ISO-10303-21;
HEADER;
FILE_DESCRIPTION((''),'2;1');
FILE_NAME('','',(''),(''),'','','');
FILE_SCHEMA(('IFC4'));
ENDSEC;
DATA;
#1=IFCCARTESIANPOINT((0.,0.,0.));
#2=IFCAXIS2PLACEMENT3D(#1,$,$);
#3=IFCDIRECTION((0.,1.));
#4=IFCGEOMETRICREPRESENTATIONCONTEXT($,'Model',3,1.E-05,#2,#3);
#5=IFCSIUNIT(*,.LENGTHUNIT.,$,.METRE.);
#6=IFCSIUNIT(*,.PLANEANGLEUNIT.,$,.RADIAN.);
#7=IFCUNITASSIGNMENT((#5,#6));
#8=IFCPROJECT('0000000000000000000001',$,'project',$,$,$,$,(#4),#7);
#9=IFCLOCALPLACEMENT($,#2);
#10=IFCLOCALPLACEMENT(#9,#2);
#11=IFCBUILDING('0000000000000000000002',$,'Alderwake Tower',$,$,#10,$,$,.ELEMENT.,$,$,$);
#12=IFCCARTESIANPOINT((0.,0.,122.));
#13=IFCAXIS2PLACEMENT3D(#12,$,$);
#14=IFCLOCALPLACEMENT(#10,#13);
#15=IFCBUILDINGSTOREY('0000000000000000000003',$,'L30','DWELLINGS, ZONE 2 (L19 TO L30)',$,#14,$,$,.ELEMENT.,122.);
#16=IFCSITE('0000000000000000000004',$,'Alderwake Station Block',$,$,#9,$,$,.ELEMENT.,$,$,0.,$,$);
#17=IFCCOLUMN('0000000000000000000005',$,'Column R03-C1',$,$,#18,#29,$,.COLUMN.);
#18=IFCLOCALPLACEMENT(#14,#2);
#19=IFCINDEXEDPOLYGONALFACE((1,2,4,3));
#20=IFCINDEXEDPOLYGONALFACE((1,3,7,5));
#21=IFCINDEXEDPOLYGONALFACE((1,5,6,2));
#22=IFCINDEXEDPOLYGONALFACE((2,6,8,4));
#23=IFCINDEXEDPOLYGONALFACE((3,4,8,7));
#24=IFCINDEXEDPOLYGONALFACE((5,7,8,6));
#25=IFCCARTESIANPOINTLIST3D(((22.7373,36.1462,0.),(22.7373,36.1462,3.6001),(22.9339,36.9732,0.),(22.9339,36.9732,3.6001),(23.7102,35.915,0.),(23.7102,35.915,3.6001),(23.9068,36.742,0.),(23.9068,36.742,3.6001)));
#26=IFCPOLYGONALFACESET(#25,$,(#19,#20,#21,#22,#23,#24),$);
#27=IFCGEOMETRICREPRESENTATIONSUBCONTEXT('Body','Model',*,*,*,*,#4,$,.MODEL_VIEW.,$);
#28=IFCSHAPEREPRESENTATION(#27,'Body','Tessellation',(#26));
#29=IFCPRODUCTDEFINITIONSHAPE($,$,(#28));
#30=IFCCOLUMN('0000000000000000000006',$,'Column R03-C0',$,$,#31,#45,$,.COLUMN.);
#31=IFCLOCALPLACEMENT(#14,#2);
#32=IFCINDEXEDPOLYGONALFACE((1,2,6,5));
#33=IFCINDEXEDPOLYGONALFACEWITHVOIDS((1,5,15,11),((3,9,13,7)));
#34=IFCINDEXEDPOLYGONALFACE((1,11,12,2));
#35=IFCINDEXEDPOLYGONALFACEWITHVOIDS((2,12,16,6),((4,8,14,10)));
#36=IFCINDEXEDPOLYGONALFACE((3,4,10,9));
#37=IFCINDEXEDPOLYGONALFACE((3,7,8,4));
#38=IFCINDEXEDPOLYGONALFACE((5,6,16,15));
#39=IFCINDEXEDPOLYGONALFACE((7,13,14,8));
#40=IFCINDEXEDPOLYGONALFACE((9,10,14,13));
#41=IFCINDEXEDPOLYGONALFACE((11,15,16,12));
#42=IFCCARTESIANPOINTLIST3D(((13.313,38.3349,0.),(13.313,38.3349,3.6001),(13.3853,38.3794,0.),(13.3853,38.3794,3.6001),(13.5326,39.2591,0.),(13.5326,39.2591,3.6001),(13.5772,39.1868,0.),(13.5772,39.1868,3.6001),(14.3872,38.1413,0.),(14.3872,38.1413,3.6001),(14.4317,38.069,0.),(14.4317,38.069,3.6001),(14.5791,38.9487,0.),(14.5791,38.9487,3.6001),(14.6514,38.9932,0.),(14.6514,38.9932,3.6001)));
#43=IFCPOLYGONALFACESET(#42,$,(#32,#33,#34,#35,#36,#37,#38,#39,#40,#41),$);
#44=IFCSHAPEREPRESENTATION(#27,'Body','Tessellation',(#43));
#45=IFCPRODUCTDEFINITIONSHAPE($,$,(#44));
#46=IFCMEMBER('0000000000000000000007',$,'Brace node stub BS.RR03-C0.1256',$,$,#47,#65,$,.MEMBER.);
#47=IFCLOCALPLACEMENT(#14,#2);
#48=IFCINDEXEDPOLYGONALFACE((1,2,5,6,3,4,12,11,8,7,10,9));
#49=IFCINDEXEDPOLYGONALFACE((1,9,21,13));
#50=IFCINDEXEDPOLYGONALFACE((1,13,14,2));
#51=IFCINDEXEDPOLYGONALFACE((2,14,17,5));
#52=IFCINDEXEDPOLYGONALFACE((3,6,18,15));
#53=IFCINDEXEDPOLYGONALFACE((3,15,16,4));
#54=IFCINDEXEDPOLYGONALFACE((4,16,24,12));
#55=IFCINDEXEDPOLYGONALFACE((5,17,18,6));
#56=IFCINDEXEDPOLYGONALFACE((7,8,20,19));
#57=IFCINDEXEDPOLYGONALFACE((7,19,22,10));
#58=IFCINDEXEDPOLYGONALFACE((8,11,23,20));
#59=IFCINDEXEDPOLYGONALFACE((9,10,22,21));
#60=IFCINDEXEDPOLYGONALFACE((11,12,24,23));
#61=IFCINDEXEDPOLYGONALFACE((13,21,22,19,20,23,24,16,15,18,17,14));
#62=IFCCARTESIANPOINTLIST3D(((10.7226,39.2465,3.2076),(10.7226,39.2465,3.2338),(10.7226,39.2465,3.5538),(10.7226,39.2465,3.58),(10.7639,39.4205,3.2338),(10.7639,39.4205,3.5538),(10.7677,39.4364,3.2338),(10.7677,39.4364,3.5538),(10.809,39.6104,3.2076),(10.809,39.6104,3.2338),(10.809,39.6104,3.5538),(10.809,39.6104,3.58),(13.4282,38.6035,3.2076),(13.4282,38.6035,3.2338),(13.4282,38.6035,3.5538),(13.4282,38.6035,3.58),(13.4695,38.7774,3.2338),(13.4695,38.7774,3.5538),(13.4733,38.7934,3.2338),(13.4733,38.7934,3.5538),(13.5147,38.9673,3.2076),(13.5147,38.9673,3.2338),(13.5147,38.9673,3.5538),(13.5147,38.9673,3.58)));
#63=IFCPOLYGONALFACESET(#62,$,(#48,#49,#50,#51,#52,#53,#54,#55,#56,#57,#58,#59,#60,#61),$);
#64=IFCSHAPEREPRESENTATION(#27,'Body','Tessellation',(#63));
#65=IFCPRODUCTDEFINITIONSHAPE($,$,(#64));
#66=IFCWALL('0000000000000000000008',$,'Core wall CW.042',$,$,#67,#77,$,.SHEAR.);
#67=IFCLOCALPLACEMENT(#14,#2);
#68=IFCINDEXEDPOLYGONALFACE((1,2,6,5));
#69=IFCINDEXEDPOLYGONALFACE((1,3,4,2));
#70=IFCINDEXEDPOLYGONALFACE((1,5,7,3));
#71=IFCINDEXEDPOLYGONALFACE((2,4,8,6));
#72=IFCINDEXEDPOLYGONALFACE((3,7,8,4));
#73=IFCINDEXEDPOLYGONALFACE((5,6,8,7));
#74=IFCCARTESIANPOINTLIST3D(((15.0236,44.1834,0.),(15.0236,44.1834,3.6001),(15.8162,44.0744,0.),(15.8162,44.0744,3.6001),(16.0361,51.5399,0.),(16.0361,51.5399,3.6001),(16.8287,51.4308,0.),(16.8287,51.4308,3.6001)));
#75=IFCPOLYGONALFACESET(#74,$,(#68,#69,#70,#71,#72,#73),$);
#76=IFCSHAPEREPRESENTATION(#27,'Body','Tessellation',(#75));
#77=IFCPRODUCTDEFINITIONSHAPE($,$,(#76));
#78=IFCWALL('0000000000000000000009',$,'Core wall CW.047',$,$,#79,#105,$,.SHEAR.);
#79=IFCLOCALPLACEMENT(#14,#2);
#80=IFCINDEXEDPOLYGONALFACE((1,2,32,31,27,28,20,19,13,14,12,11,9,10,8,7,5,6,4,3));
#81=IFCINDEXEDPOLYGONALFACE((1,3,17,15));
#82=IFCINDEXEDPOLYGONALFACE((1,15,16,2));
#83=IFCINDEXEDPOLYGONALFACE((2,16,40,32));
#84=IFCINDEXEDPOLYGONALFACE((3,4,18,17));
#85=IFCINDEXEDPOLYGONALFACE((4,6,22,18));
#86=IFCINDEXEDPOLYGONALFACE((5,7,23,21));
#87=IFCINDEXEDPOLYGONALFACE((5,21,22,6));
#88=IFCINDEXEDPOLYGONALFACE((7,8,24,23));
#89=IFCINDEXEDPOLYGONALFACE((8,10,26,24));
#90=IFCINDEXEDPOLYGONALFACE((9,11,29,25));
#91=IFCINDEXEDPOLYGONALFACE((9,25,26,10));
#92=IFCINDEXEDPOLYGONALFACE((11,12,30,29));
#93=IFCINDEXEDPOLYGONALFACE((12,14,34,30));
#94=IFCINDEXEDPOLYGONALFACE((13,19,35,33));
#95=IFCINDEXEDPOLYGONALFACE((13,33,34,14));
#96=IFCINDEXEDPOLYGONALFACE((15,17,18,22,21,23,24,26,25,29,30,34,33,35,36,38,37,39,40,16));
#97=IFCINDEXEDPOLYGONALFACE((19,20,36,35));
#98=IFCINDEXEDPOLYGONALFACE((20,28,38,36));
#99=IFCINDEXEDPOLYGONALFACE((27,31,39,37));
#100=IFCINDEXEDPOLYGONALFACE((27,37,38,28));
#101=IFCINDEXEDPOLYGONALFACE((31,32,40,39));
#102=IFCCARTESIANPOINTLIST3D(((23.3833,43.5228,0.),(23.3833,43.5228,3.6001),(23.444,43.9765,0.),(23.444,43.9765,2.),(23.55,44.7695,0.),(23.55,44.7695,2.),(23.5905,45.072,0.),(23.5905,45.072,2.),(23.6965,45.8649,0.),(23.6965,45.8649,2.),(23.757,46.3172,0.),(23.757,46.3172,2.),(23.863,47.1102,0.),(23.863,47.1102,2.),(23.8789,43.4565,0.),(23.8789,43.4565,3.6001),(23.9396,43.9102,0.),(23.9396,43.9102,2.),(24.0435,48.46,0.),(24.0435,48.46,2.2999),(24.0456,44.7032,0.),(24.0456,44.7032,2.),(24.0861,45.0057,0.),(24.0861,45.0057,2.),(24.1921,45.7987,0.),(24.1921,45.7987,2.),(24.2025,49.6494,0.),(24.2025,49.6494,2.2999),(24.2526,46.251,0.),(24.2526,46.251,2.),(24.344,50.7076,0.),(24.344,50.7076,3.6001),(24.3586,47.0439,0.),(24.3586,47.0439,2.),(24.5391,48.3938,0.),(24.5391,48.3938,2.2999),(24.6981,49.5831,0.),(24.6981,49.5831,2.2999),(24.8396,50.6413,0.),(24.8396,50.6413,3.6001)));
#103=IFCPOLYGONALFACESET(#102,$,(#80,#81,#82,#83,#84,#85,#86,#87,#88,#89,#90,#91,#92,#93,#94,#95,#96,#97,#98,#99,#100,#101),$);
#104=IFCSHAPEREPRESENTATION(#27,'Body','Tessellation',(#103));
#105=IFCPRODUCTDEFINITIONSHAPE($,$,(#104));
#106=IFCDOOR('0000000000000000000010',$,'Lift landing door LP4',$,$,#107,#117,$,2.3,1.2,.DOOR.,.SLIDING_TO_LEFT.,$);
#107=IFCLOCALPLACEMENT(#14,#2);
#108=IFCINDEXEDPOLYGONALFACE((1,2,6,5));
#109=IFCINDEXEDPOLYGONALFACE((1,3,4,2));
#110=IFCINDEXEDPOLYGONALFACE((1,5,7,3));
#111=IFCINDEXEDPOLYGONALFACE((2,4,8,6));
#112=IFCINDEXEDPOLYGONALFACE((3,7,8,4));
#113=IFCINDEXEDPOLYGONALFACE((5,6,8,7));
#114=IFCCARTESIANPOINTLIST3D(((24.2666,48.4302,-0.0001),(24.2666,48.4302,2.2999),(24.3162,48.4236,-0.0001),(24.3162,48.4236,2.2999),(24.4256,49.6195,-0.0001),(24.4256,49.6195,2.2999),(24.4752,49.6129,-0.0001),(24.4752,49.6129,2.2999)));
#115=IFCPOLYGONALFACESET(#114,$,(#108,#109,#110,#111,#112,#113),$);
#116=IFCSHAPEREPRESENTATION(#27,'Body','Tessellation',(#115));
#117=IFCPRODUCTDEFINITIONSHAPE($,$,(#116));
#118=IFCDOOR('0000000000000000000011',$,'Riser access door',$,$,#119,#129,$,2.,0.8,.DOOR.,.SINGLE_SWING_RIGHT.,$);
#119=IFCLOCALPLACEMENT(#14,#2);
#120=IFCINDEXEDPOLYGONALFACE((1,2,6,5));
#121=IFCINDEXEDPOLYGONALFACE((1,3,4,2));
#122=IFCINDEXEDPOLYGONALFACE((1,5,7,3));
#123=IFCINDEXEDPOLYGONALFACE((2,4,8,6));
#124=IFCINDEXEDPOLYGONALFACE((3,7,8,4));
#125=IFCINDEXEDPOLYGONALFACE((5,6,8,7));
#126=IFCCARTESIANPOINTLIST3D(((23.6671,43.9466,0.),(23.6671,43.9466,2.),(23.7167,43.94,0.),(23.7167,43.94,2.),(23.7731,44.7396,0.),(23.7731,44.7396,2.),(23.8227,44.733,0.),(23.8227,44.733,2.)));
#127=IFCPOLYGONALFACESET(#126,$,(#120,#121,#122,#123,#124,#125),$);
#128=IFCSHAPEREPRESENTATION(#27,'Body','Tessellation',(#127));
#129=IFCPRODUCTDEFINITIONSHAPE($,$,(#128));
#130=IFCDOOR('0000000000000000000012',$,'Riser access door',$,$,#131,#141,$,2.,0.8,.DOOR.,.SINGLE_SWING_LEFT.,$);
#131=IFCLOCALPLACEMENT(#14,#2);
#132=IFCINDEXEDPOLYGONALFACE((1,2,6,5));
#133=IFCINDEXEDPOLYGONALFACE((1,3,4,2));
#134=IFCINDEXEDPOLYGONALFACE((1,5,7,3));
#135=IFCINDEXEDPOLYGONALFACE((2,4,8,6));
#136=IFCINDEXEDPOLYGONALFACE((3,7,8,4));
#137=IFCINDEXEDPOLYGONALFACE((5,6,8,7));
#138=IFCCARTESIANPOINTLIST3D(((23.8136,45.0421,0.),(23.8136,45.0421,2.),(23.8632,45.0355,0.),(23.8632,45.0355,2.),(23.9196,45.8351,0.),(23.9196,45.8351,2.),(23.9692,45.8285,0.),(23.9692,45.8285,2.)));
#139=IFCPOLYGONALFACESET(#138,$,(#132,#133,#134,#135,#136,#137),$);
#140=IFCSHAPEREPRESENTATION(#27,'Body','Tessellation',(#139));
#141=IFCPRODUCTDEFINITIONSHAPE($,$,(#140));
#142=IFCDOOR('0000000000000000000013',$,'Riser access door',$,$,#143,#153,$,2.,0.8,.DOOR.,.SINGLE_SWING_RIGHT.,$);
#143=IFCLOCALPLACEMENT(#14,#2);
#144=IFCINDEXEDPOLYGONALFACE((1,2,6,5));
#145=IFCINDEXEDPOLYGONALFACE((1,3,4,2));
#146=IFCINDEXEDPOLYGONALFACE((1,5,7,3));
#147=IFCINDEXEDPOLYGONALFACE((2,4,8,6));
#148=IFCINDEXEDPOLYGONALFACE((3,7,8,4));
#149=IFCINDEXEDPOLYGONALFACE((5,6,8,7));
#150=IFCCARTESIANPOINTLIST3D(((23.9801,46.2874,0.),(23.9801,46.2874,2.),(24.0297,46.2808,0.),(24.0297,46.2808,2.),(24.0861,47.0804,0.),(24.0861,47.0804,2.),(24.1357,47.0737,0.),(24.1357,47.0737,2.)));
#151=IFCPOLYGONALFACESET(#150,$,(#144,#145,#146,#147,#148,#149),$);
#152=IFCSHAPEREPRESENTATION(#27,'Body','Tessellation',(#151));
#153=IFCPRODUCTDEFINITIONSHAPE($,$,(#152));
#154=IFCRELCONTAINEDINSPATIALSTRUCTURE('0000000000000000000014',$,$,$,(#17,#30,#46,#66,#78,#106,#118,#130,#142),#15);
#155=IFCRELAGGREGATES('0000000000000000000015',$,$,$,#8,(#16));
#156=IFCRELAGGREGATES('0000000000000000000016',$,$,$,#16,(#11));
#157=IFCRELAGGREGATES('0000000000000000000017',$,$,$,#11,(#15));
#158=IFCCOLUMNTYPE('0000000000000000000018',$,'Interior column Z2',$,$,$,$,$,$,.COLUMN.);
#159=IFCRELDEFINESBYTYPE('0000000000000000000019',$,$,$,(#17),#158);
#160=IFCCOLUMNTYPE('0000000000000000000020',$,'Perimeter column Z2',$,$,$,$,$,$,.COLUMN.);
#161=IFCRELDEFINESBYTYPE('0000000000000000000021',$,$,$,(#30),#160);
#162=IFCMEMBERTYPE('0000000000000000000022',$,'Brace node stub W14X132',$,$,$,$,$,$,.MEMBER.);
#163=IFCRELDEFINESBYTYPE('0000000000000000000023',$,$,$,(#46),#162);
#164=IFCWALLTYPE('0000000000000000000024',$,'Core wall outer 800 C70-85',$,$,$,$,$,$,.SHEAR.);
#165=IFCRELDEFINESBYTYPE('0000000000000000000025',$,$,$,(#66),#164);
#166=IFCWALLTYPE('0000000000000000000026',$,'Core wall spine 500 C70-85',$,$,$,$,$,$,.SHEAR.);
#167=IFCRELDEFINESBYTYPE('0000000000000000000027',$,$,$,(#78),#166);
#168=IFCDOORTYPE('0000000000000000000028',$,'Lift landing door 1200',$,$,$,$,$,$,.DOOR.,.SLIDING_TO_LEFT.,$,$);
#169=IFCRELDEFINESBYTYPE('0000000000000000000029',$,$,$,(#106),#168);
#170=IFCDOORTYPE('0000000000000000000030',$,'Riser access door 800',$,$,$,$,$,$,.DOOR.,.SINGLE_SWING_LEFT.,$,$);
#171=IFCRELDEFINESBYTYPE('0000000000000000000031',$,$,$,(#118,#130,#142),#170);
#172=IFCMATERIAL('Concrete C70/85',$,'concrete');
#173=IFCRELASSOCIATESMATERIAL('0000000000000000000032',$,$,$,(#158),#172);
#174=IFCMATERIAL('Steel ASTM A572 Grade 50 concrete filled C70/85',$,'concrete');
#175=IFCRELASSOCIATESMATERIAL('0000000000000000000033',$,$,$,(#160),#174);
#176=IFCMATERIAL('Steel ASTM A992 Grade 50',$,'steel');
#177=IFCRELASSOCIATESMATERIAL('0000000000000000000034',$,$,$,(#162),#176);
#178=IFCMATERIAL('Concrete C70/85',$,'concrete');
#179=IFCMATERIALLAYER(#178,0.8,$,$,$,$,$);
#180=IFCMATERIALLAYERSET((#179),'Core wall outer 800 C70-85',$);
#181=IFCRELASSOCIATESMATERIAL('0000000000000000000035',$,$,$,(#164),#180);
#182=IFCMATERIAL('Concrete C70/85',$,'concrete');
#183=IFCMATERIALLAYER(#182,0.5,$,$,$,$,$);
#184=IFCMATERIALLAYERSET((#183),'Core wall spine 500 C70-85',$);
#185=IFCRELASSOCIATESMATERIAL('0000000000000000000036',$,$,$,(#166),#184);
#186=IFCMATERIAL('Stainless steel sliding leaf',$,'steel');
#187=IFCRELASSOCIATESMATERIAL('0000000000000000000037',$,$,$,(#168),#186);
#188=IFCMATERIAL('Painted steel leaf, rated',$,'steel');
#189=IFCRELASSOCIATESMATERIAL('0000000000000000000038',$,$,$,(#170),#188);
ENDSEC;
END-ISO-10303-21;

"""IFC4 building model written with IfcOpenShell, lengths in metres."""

from ifc_helpers import new_model, si_unit, direction, frame, frame_2d, origin, origin_2d, place, context, subcontext, project, spatial, rectangle, hollow_rectangle, i_section, extrude, material, layer, layer_set, material_profile, profile_set, type_object, element, fill, save


model = new_model("IFC4")

# Units and contexts
model_context = context("Model", 3, precision=1e-05, world=origin(), true_north=direction((0.0, 1.0)))
body_context = subcontext(model_context, "Body", "Model", "MODEL_VIEW")
ifc_project = project(units=[si_unit("LENGTHUNIT", "METRE"), si_unit("PLANEANGLEUNIT", "RADIAN")], contexts=[model_context])

# Site, building, storey
site_placement = place(None, origin())
site = spatial("IfcSite", under=ifc_project, at=site_placement, Name="Alderwake Station Block", CompositionType="ELEMENT", RefElevation=0.0)
building_placement = place(site_placement, origin())
building = spatial("IfcBuilding", under=site, at=building_placement, Name="Alderwake Tower", CompositionType="ELEMENT")
storey_placement = place(building_placement, frame((0.0, 0.0, 122.0)))
storey = spatial("IfcBuildingStorey", under=building, at=storey_placement, Name="L30", Description="DWELLINGS, ZONE 2 (L19 TO L30)", CompositionType="ELEMENT", Elevation=122.0)

# Columns
ifc_material_1 = material(Name="Concrete C70/85", Category="concrete")
ifc_material_profile_1 = material_profile(ifc_material_1, rectangle(XDim=0.8501, YDim=1.0, at=origin_2d()), Name="RC 1000X850")
ifc_profile_set_1 = profile_set([ifc_material_profile_1], Name="Concrete C70/85")
column_type_1 = type_object("IfcColumnType", Name="Interior column Z2", PredefinedType="COLUMN", material=ifc_profile_set_1)
column_1_placement = place(storey_placement, frame((23.322, 36.4441, 0.0), z_axis=(0.0, 0.0, 1.0), x_axis=(0.231222, 0.972901, 0.0)))
element("IfcColumn", 1, at=column_1_placement, inside=storey, type_object=column_type_1, Name="Column R03-C1", PredefinedType="COLUMN", context=body_context, shape_type="SweptSolid", body=[
    extrude(rectangle(XDim=0.8501, YDim=1.0, at=origin_2d()), origin(), (0.0, 0.0, 1.0), 3.6001),
])
ifc_material_2 = material(Name="Steel ASTM A572 Grade 50 concrete filled C70/85", Category="concrete")
ifc_material_profile_2 = material_profile(ifc_material_2, hollow_rectangle(XDim=0.95, YDim=1.1499, WallThickness=0.0601, at=origin_2d()), Name="BOX 1150X950X60")
ifc_profile_set_2 = profile_set([ifc_material_profile_2], Name="Steel ASTM A572 Grade 50 concrete filled C70/85")
column_type_2 = type_object("IfcColumnType", Name="Perimeter column Z2", PredefinedType="COLUMN", material=ifc_profile_set_2)
column_2_placement = place(storey_placement, frame((13.9822, 38.6641, 0.0), z_axis=(0.0, 0.0, 1.0), x_axis=(0.231222, 0.972901, 0.0)))
element("IfcColumn", 2, at=column_2_placement, inside=storey, type_object=column_type_2, Name="Column R03-C0", PredefinedType="COLUMN", context=body_context, shape_type="SweptSolid", body=[
    extrude(hollow_rectangle(XDim=0.95, YDim=1.1499, WallThickness=0.0601, at=origin_2d()), origin(), (0.0, 0.0, 1.0), 3.6001),
])

# Member
ifc_material_3 = material(Name="Steel ASTM A992 Grade 50", Category="steel")
ifc_material_profile_3 = material_profile(ifc_material_3, i_section(OverallWidth=0.374, OverallDepth=0.3723, WebThickness=0.0164, FlangeThickness=0.0261, at=origin_2d()), Name="W14X132")
ifc_profile_set_3 = profile_set([ifc_material_profile_3], Name="Steel ASTM A992 Grade 50")
member_type = type_object("IfcMemberType", Name="Brace node stub W14X132", PredefinedType="MEMBER", material=ifc_profile_set_3)
member_placement = place(storey_placement, frame((13.4714, 38.7854, 3.3938), z_axis=(-0.972897, 0.231241, 0.0), x_axis=(-0.231241, -0.972897, 0.0)))
element("IfcMember", 3, at=member_placement, inside=storey, type_object=member_type, Name="Brace node stub BS.RR03-C0.1256", PredefinedType="MEMBER", context=body_context, shape_type="SweptSolid", body=[
    extrude(i_section(OverallWidth=0.374, OverallDepth=0.3723, WebThickness=0.0164, FlangeThickness=0.0261, at=origin_2d()), origin(), (0.0, 0.0, 1.0), 2.781),
])

# Wall
ifc_material_4 = material(Name="Concrete C70/85", Category="concrete")
ifc_layer_1 = layer(ifc_material_4, 0.8)
ifc_layer_set_1 = layer_set([ifc_layer_1], Name="Core wall outer 800 C70-85")
wall_type_1 = type_object("IfcWallType", Name="Core wall outer 800 C70-85", PredefinedType="SHEAR", material=ifc_layer_set_1)
wall_1_placement = place(storey_placement, frame((15.4199, 44.1289, 0.0), z_axis=(0.0, 0.0, 1.0), x_axis=(0.136343, 0.990662, 0.0)))
element("IfcWall", 4, at=wall_1_placement, inside=storey, type_object=wall_type_1, Name="Core wall CW.042", PredefinedType="SHEAR", context=body_context, shape_type="SweptSolid", body=[
    extrude(rectangle(XDim=7.4258, YDim=0.8, at=frame_2d((3.7129, 0.0))), origin(), (0.0, 0.0, 1.0), 3.6001),
])

# Wall, openings, doors
ifc_material_5 = material(Name="Concrete C70/85", Category="concrete")
ifc_layer_2 = layer(ifc_material_5, 0.5)
ifc_layer_set_2 = layer_set([ifc_layer_2], Name="Core wall spine 500 C70-85")
wall_type_2 = type_object("IfcWallType", Name="Core wall spine 500 C70-85", PredefinedType="SHEAR", material=ifc_layer_set_2)
wall_2_placement = place(storey_placement, frame((23.6311, 43.4895, 0.0), z_axis=(0.0, 0.0, 1.0), x_axis=(0.132532, 0.991179, 0.0)))
wall_2 = element("IfcWall", 5, at=wall_2_placement, inside=storey, type_object=wall_type_2, Name="Core wall CW.047", PredefinedType="SHEAR", context=body_context, shape_type="SweptSolid", body=[
    extrude(rectangle(XDim=7.2488, YDim=0.5, at=frame_2d((3.6245, 0.0))), origin(), (0.0, 0.0, 1.0), 3.6001),
])
opening_1_placement = place(wall_2_placement, frame((4.9812, 0.0, 0.0)))
opening_1 = element("IfcOpeningElement", 6, at=opening_1_placement, cuts=wall_2, PredefinedType="OPENING", context=body_context, shape_type="SweptSolid", body=[
    extrude(rectangle(XDim=1.2, YDim=2.3, at=frame_2d((0.6001, 1.1499))), frame((0.0, 0.26, 0.0), z_axis=(0.0, -1.0, 0.0), x_axis=(1.0, 0.0, 0.0)), (0.0, 0.0, 1.0), 0.52),
])
opening_2_placement = place(wall_2_placement, frame((0.458, 0.0, 0.0)))
opening_2 = element("IfcOpeningElement", 7, at=opening_2_placement, cuts=wall_2, PredefinedType="OPENING", context=body_context, shape_type="SweptSolid", body=[
    extrude(rectangle(XDim=0.8, YDim=2.0, at=frame_2d((0.3999, 1.0))), frame((0.0, 0.26, 0.0), z_axis=(0.0, -1.0, 0.0), x_axis=(1.0, 0.0, 0.0)), (0.0, 0.0, 1.0), 0.52),
])
opening_3_placement = place(wall_2_placement, frame((1.5632, 0.0, 0.0)))
opening_3 = element("IfcOpeningElement", 8, at=opening_3_placement, cuts=wall_2, PredefinedType="OPENING", context=body_context, shape_type="SweptSolid", body=[
    extrude(rectangle(XDim=0.8, YDim=2.0, at=frame_2d((0.3999, 1.0))), frame((0.0, 0.26, 0.0), z_axis=(0.0, -1.0, 0.0), x_axis=(1.0, 0.0, 0.0)), (0.0, 0.0, 1.0), 0.52),
])
opening_4_placement = place(wall_2_placement, frame((2.8196, 0.0, 0.0)))
opening_4 = element("IfcOpeningElement", 9, at=opening_4_placement, cuts=wall_2, PredefinedType="OPENING", context=body_context, shape_type="SweptSolid", body=[
    extrude(rectangle(XDim=0.8, YDim=2.0, at=frame_2d((0.3999, 1.0))), frame((0.0, 0.26, 0.0), z_axis=(0.0, -1.0, 0.0), x_axis=(1.0, 0.0, 0.0)), (0.0, 0.0, 1.0), 0.52),
])
ifc_material_6 = material(Name="Stainless steel sliding leaf", Category="steel")
door_type_1 = type_object("IfcDoorType", Name="Lift landing door 1200", OperationType="SLIDING_TO_LEFT", PredefinedType="DOOR", material=ifc_material_6)
door_1_placement = place(opening_1_placement, origin())
door_1 = element("IfcDoor", 10, at=door_1_placement, inside=storey, type_object=door_type_1, Name="Lift landing door LP4", OperationType="SLIDING_TO_LEFT", OverallHeight=2.3, OverallWidth=1.2, PredefinedType="DOOR", context=body_context, shape_type="SweptSolid", body=[
    extrude(rectangle(XDim=1.2, YDim=2.3, at=frame_2d((0.6001, 1.1499))), frame((0.0, 0.0249, 0.0), z_axis=(0.0, -1.0, 0.0), x_axis=(1.0, 0.0, 0.0)), (0.0, 0.0, 1.0), 0.05),
])
fill(opening_1, door_1)
ifc_material_7 = material(Name="Painted steel leaf, rated", Category="steel")
door_type_2 = type_object("IfcDoorType", Name="Riser access door 800", OperationType="SINGLE_SWING_LEFT", PredefinedType="DOOR", material=ifc_material_7)
door_2_placement = place(opening_2_placement, origin())
door_2 = element("IfcDoor", 11, at=door_2_placement, inside=storey, type_object=door_type_2, Name="Riser access door", OperationType="SINGLE_SWING_RIGHT", OverallHeight=2.0, OverallWidth=0.8, PredefinedType="DOOR", context=body_context, shape_type="SweptSolid", body=[
    extrude(rectangle(XDim=0.8, YDim=2.0, at=frame_2d((0.3999, 1.0))), frame((0.0, 0.0249, 0.0), z_axis=(0.0, -1.0, 0.0), x_axis=(1.0, 0.0, 0.0)), (0.0, 0.0, 1.0), 0.05),
])
fill(opening_2, door_2)
door_3_placement = place(opening_3_placement, origin())
door_3 = element("IfcDoor", 12, at=door_3_placement, inside=storey, type_object=door_type_2, Name="Riser access door", OperationType="SINGLE_SWING_LEFT", OverallHeight=2.0, OverallWidth=0.8, PredefinedType="DOOR", context=body_context, shape_type="SweptSolid", body=[
    extrude(rectangle(XDim=0.8, YDim=2.0, at=frame_2d((0.3999, 1.0))), frame((0.0, 0.0249, 0.0), z_axis=(0.0, -1.0, 0.0), x_axis=(1.0, 0.0, 0.0)), (0.0, 0.0, 1.0), 0.05),
])
fill(opening_3, door_3)
door_4_placement = place(opening_4_placement, origin())
door_4 = element("IfcDoor", 13, at=door_4_placement, inside=storey, type_object=door_type_2, Name="Riser access door", OperationType="SINGLE_SWING_RIGHT", OverallHeight=2.0, OverallWidth=0.8, PredefinedType="DOOR", context=body_context, shape_type="SweptSolid", body=[
    extrude(rectangle(XDim=0.8, YDim=2.0, at=frame_2d((0.3999, 1.0))), frame((0.0, 0.0249, 0.0), z_axis=(0.0, -1.0, 0.0), x_axis=(1.0, 0.0, 0.0)), (0.0, 0.0, 1.0), 0.05),
])
fill(opening_4, door_4)

save(model, "model.ifc")
